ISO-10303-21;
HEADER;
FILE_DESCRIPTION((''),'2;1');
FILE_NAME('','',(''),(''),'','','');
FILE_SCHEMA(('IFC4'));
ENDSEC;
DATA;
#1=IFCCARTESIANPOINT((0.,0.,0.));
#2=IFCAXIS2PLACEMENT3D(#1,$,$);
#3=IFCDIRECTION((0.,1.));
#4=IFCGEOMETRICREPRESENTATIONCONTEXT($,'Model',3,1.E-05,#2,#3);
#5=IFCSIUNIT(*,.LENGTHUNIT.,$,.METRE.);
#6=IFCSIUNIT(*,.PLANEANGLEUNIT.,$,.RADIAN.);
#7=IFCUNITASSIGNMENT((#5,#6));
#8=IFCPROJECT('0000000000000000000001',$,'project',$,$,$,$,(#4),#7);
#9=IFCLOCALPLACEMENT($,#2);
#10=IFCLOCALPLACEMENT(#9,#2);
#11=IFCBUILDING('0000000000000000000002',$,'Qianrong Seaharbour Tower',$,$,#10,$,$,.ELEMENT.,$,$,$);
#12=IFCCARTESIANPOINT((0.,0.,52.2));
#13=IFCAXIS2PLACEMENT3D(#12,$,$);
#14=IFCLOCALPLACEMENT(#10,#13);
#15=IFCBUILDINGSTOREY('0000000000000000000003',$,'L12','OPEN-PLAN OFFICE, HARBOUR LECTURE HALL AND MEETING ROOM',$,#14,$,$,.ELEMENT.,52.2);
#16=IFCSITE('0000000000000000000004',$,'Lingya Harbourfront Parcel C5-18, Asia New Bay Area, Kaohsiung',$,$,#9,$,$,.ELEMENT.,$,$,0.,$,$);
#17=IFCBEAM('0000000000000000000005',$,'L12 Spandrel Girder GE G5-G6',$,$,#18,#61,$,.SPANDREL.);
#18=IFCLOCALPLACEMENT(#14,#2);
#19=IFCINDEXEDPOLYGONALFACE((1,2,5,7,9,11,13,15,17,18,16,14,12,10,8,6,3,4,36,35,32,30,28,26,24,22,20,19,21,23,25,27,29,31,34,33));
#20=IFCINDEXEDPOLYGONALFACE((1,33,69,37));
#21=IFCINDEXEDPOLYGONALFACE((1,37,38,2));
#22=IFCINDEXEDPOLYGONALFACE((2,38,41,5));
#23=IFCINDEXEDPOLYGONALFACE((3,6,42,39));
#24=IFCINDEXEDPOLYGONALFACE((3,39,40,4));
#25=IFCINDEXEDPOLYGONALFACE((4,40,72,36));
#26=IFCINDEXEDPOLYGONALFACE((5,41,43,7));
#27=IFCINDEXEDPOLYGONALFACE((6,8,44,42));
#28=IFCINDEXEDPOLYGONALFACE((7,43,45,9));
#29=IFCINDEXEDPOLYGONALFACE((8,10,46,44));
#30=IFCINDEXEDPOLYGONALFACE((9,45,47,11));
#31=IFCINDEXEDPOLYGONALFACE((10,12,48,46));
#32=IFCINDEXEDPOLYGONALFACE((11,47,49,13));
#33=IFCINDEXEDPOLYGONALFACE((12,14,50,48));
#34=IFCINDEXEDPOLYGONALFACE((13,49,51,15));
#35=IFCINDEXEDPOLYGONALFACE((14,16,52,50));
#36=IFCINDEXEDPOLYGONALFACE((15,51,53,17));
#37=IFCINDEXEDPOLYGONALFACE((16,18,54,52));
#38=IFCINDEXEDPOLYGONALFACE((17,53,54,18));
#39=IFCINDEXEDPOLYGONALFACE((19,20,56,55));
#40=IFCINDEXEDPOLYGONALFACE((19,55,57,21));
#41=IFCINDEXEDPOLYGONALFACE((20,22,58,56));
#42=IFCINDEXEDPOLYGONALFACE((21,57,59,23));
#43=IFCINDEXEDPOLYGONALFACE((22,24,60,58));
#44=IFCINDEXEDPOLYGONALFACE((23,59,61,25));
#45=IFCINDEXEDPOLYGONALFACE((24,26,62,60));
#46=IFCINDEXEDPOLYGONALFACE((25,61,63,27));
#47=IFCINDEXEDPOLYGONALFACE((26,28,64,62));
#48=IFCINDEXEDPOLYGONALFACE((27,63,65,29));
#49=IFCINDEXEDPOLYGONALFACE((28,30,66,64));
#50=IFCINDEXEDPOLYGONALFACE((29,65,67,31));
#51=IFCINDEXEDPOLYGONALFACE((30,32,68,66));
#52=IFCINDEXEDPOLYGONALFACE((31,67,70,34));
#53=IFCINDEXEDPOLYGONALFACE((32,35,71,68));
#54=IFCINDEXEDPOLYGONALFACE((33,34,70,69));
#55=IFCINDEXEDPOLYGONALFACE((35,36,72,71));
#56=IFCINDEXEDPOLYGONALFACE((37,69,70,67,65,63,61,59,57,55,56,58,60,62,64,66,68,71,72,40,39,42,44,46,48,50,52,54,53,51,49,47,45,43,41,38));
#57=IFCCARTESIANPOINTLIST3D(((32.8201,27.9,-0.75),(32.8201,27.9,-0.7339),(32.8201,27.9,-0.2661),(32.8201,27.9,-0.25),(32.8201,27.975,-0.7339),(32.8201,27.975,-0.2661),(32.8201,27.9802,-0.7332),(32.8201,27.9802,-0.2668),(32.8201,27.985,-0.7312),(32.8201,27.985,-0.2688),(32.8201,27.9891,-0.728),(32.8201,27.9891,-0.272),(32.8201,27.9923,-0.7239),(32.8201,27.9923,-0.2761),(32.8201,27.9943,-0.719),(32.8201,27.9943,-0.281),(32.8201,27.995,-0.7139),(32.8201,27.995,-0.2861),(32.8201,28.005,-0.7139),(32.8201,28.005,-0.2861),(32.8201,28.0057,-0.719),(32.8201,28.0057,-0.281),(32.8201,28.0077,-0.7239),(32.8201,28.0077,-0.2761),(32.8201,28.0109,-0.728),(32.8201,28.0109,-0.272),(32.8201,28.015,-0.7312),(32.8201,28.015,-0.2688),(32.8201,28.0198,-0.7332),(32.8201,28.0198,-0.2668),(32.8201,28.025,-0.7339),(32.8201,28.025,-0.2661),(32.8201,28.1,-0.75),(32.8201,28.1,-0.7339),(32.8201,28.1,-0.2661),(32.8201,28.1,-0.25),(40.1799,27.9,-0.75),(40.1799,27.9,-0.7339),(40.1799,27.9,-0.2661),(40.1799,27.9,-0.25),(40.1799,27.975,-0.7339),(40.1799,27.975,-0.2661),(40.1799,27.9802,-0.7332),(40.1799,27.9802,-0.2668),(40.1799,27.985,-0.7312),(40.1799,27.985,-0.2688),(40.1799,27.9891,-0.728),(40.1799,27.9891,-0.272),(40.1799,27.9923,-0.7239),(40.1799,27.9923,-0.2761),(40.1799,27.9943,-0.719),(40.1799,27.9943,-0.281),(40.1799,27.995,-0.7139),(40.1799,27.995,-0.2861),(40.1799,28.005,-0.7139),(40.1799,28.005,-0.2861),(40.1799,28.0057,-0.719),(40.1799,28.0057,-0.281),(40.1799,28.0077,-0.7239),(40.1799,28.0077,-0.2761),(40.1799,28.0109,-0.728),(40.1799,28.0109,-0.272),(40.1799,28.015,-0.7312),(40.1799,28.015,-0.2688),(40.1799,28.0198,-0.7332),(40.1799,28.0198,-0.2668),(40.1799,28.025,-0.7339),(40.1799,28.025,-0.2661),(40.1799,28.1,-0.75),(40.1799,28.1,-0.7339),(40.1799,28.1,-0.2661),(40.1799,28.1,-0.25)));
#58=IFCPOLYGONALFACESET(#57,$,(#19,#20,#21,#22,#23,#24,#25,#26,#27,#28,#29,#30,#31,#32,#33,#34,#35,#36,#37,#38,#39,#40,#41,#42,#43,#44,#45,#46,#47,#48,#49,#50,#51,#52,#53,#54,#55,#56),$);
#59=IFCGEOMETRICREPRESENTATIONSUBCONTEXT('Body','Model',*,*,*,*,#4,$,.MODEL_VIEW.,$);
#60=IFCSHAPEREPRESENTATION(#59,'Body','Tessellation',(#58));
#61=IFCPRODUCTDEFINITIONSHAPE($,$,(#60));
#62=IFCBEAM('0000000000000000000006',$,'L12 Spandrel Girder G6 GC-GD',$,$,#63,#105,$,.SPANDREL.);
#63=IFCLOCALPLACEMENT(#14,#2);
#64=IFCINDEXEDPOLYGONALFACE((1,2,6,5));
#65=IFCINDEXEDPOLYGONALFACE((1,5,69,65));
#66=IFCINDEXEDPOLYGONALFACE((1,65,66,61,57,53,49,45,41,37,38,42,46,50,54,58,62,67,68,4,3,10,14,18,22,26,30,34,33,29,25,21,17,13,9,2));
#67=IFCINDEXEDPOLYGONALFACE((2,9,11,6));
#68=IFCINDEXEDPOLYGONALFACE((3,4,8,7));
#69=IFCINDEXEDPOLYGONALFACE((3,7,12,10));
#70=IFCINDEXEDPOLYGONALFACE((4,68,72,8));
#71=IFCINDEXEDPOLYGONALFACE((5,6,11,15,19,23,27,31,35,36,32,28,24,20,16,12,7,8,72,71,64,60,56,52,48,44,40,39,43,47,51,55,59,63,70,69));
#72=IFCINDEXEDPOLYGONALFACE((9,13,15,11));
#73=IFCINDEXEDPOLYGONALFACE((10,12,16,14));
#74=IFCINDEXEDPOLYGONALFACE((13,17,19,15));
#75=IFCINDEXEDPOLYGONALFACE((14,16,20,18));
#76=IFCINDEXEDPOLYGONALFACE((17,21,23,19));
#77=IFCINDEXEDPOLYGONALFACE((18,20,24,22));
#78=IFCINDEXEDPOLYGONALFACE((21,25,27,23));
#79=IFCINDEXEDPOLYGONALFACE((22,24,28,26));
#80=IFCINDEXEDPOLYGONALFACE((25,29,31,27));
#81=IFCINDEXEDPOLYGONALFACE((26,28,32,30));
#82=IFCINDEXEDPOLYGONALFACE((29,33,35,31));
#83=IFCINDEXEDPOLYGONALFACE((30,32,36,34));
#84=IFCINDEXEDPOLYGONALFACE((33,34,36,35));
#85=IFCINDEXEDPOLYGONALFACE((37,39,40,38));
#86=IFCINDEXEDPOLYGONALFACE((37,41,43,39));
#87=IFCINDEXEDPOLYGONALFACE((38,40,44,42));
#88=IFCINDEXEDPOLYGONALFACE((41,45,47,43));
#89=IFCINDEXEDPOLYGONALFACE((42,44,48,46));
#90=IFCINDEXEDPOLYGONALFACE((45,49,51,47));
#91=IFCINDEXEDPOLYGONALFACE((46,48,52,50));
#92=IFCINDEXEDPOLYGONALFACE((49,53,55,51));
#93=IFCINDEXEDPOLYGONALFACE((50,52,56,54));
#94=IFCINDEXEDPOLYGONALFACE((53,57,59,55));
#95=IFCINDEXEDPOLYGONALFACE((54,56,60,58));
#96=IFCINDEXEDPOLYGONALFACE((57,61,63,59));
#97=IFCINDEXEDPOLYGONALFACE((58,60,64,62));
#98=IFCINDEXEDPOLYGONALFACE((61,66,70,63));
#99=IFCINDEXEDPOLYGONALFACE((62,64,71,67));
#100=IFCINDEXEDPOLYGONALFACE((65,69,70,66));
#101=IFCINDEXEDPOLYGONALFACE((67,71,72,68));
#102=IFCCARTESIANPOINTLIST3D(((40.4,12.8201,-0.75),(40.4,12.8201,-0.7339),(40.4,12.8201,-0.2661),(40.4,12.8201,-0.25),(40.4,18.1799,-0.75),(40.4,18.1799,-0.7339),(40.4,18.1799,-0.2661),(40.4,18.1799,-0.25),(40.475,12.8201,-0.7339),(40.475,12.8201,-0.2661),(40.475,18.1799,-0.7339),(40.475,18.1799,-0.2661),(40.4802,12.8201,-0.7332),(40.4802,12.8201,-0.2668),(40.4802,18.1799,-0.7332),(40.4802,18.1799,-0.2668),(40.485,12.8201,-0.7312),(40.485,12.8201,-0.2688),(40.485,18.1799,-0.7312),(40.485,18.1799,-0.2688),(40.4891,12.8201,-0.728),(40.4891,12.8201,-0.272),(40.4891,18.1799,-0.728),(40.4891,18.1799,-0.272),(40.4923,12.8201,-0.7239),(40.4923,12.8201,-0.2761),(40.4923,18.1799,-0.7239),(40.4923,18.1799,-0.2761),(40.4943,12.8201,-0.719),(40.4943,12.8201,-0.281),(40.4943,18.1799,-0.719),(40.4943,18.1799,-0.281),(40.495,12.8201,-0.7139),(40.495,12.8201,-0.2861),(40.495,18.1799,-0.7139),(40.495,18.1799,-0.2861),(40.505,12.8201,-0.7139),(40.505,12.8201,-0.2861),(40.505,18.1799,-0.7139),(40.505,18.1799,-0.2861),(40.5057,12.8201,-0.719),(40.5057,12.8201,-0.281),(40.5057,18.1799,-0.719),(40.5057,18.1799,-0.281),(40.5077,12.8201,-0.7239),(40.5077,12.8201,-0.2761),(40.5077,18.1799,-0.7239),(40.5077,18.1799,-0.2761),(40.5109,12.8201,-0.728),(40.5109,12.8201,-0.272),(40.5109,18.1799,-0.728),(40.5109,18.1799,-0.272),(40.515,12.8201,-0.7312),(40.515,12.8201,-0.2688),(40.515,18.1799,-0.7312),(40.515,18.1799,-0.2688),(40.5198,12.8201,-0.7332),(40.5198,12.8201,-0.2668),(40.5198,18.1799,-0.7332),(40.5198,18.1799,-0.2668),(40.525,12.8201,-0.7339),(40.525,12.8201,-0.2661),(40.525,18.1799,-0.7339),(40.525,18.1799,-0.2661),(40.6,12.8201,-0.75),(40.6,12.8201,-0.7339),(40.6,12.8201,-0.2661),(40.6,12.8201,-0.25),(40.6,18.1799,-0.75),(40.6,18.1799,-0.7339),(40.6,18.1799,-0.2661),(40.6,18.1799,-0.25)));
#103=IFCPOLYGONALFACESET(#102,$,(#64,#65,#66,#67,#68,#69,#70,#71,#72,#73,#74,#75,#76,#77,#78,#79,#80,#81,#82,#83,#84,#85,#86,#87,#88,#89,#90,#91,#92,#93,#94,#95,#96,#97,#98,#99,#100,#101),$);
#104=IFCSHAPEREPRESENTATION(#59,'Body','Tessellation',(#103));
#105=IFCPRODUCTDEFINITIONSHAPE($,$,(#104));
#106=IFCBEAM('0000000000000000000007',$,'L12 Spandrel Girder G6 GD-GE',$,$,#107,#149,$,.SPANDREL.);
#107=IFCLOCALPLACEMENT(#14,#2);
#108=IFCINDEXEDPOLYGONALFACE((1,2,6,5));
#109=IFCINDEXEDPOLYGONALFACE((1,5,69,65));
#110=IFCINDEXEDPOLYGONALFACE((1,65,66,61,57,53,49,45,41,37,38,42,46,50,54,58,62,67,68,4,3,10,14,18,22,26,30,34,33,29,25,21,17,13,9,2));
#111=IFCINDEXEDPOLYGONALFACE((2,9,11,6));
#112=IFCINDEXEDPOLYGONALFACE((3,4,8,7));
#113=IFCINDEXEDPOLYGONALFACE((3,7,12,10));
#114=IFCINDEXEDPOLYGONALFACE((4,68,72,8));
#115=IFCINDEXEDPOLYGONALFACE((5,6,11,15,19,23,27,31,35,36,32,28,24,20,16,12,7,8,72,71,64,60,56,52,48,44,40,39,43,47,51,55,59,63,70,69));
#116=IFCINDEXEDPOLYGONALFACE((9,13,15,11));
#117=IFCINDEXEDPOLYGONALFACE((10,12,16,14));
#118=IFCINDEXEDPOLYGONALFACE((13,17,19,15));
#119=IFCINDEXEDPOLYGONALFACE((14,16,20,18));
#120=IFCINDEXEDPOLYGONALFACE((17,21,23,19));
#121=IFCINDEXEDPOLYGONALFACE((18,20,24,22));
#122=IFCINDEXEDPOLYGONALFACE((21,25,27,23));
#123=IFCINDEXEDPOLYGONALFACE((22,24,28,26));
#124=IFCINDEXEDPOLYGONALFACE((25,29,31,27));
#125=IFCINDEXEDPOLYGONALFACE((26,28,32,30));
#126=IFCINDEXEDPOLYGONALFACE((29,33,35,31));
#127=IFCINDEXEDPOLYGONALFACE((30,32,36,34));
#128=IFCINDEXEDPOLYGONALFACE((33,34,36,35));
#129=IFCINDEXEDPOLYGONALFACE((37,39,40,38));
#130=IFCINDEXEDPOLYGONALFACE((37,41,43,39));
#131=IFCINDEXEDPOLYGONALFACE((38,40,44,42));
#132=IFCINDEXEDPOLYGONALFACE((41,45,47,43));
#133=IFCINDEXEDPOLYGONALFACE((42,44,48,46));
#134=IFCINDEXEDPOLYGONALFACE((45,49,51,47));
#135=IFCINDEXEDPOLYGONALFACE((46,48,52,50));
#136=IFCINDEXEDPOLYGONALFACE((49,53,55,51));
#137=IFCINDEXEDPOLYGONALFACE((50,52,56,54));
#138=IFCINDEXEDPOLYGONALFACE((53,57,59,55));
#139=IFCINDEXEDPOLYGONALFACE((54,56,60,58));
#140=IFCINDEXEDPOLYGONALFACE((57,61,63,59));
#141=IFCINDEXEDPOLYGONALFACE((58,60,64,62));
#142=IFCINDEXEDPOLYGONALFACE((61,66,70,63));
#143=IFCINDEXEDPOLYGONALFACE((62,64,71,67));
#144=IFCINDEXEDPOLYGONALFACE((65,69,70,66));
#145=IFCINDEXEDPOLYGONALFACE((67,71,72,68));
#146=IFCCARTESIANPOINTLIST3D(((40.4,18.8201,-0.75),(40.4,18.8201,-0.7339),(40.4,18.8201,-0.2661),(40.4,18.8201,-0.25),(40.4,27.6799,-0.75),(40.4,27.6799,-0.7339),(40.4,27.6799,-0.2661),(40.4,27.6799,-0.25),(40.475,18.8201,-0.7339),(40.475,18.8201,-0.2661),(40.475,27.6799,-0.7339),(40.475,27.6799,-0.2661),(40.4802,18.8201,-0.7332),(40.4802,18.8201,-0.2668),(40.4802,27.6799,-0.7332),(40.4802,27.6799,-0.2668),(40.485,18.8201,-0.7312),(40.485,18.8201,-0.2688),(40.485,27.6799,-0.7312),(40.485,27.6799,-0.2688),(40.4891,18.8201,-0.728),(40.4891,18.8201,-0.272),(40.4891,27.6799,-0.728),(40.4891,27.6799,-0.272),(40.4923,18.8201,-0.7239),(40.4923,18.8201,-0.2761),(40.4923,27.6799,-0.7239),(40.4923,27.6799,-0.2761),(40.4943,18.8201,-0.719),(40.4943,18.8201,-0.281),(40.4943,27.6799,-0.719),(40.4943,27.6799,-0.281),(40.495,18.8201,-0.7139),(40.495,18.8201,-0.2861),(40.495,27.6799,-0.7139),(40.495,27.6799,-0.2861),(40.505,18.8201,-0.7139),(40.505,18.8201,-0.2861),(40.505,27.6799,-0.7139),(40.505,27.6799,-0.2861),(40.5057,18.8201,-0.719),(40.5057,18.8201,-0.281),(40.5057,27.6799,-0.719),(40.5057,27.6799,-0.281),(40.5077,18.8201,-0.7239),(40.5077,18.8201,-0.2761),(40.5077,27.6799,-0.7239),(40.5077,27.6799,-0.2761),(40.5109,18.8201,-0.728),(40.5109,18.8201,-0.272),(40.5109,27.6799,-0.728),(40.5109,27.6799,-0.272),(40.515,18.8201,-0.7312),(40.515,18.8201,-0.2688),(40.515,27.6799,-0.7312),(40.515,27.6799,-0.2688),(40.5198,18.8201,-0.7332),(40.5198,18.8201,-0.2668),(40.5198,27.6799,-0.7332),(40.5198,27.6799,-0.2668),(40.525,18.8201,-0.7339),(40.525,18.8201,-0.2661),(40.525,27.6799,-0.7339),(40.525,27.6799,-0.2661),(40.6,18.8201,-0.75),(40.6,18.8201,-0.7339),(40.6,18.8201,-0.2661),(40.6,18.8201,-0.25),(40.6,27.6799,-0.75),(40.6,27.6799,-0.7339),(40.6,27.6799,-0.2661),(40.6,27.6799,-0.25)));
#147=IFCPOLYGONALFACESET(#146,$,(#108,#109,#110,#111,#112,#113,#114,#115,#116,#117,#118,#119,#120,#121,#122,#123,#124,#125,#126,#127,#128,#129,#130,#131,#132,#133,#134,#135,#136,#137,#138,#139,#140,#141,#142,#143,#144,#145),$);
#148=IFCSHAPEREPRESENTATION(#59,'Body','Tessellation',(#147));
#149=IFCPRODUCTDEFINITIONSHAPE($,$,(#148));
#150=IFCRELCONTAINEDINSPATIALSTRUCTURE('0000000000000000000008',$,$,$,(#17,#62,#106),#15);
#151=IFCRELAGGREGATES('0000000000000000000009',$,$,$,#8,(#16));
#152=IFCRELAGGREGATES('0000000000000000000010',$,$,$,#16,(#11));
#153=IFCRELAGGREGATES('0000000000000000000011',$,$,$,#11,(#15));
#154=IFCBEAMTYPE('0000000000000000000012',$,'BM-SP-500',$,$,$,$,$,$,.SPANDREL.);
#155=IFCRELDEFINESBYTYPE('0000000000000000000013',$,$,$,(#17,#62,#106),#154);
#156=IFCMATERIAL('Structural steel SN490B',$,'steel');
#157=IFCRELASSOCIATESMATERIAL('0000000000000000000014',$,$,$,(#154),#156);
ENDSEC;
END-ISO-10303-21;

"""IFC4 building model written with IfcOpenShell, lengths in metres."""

from ifc_helpers import new_model, si_unit, direction, frame, origin, origin_2d, place, context, subcontext, project, spatial, i_section, extrude, material, material_profile, profile_set, type_object, element, save


model = new_model("IFC4")

# Units and contexts
model_context = context("Model", 3, precision=1e-05, world=origin(), true_north=direction((0.0, 1.0)))
body_context = subcontext(model_context, "Body", "Model", "MODEL_VIEW")
ifc_project = project(units=[si_unit("LENGTHUNIT", "METRE"), si_unit("PLANEANGLEUNIT", "RADIAN")], contexts=[model_context])

# Site, building, storey
site_placement = place(None, origin())
site = spatial("IfcSite", under=ifc_project, at=site_placement, Name="Lingya Harbourfront Parcel C5-18, Asia New Bay Area, Kaohsiung", CompositionType="ELEMENT", RefElevation=0.0)
building_placement = place(site_placement, origin())
building = spatial("IfcBuilding", under=site, at=building_placement, Name="Qianrong Seaharbour Tower", CompositionType="ELEMENT")
storey_placement = place(building_placement, frame((0.0, 0.0, 52.2)))
storey = spatial("IfcBuildingStorey", under=building, at=storey_placement, Name="L12", Description="OPEN-PLAN OFFICE, HARBOUR LECTURE HALL AND MEETING ROOM", CompositionType="ELEMENT", Elevation=52.2)

# Shared definitions
ifc_material_1 = material(Name="Structural steel SN490B", Category="steel")

# Beams
ifc_material_profile_1 = material_profile(ifc_material_1, i_section(OverallWidth=0.2, OverallDepth=0.5, WebThickness=0.01, FlangeThickness=0.0161, FilletRadius=0.02, at=origin_2d()), Name="H500x200x10x16")
ifc_profile_set_1 = profile_set([ifc_material_profile_1], Name="Structural steel SN490B")
beam_type_1 = type_object("IfcBeamType", Name="BM-SP-500", PredefinedType="SPANDREL", material=ifc_profile_set_1)
for number, where, z_axis, x_axis, name in (
    (1, (32.8201, 28.0, -0.5), (1.0, 0.0, 0.0), (0.0, 1.0, 0.0), "L12 Spandrel Girder GE G5-G6"),
):
    element("IfcBeam", number, at=place(storey_placement, frame(where, z_axis=z_axis, x_axis=x_axis)), inside=storey, type_object=beam_type_1, Name=name, PredefinedType="SPANDREL", context=body_context, shape_type="SweptSolid", body=[
        extrude(i_section(OverallWidth=0.2, OverallDepth=0.5, WebThickness=0.01, FlangeThickness=0.0161, FilletRadius=0.02, at=origin_2d()), origin(), (0.0, 0.0, 1.0), 7.3599),
    ])
beam_1_placement = place(storey_placement, frame((40.5, 12.8201, -0.5), z_axis=(0.0, 1.0, 0.0), x_axis=(-1.0, 0.0, 0.0)))
element("IfcBeam", 2, at=beam_1_placement, inside=storey, type_object=beam_type_1, Name="L12 Spandrel Girder G6 GC-GD", PredefinedType="SPANDREL", context=body_context, shape_type="SweptSolid", body=[
    extrude(i_section(OverallWidth=0.2, OverallDepth=0.5, WebThickness=0.01, FlangeThickness=0.0161, FilletRadius=0.02, at=origin_2d()), origin(), (0.0, 0.0, 1.0), 5.3599),
])
beam_2_placement = place(storey_placement, frame((40.5, 18.8201, -0.5), z_axis=(0.0, 1.0, 0.0), x_axis=(-1.0, 0.0, 0.0)))
element("IfcBeam", 3, at=beam_2_placement, inside=storey, type_object=beam_type_1, Name="L12 Spandrel Girder G6 GD-GE", PredefinedType="SPANDREL", context=body_context, shape_type="SweptSolid", body=[
    extrude(i_section(OverallWidth=0.2, OverallDepth=0.5, WebThickness=0.01, FlangeThickness=0.0161, FilletRadius=0.02, at=origin_2d()), origin(), (0.0, 0.0, 1.0), 8.8599),
])

save(model, "model.ifc")
